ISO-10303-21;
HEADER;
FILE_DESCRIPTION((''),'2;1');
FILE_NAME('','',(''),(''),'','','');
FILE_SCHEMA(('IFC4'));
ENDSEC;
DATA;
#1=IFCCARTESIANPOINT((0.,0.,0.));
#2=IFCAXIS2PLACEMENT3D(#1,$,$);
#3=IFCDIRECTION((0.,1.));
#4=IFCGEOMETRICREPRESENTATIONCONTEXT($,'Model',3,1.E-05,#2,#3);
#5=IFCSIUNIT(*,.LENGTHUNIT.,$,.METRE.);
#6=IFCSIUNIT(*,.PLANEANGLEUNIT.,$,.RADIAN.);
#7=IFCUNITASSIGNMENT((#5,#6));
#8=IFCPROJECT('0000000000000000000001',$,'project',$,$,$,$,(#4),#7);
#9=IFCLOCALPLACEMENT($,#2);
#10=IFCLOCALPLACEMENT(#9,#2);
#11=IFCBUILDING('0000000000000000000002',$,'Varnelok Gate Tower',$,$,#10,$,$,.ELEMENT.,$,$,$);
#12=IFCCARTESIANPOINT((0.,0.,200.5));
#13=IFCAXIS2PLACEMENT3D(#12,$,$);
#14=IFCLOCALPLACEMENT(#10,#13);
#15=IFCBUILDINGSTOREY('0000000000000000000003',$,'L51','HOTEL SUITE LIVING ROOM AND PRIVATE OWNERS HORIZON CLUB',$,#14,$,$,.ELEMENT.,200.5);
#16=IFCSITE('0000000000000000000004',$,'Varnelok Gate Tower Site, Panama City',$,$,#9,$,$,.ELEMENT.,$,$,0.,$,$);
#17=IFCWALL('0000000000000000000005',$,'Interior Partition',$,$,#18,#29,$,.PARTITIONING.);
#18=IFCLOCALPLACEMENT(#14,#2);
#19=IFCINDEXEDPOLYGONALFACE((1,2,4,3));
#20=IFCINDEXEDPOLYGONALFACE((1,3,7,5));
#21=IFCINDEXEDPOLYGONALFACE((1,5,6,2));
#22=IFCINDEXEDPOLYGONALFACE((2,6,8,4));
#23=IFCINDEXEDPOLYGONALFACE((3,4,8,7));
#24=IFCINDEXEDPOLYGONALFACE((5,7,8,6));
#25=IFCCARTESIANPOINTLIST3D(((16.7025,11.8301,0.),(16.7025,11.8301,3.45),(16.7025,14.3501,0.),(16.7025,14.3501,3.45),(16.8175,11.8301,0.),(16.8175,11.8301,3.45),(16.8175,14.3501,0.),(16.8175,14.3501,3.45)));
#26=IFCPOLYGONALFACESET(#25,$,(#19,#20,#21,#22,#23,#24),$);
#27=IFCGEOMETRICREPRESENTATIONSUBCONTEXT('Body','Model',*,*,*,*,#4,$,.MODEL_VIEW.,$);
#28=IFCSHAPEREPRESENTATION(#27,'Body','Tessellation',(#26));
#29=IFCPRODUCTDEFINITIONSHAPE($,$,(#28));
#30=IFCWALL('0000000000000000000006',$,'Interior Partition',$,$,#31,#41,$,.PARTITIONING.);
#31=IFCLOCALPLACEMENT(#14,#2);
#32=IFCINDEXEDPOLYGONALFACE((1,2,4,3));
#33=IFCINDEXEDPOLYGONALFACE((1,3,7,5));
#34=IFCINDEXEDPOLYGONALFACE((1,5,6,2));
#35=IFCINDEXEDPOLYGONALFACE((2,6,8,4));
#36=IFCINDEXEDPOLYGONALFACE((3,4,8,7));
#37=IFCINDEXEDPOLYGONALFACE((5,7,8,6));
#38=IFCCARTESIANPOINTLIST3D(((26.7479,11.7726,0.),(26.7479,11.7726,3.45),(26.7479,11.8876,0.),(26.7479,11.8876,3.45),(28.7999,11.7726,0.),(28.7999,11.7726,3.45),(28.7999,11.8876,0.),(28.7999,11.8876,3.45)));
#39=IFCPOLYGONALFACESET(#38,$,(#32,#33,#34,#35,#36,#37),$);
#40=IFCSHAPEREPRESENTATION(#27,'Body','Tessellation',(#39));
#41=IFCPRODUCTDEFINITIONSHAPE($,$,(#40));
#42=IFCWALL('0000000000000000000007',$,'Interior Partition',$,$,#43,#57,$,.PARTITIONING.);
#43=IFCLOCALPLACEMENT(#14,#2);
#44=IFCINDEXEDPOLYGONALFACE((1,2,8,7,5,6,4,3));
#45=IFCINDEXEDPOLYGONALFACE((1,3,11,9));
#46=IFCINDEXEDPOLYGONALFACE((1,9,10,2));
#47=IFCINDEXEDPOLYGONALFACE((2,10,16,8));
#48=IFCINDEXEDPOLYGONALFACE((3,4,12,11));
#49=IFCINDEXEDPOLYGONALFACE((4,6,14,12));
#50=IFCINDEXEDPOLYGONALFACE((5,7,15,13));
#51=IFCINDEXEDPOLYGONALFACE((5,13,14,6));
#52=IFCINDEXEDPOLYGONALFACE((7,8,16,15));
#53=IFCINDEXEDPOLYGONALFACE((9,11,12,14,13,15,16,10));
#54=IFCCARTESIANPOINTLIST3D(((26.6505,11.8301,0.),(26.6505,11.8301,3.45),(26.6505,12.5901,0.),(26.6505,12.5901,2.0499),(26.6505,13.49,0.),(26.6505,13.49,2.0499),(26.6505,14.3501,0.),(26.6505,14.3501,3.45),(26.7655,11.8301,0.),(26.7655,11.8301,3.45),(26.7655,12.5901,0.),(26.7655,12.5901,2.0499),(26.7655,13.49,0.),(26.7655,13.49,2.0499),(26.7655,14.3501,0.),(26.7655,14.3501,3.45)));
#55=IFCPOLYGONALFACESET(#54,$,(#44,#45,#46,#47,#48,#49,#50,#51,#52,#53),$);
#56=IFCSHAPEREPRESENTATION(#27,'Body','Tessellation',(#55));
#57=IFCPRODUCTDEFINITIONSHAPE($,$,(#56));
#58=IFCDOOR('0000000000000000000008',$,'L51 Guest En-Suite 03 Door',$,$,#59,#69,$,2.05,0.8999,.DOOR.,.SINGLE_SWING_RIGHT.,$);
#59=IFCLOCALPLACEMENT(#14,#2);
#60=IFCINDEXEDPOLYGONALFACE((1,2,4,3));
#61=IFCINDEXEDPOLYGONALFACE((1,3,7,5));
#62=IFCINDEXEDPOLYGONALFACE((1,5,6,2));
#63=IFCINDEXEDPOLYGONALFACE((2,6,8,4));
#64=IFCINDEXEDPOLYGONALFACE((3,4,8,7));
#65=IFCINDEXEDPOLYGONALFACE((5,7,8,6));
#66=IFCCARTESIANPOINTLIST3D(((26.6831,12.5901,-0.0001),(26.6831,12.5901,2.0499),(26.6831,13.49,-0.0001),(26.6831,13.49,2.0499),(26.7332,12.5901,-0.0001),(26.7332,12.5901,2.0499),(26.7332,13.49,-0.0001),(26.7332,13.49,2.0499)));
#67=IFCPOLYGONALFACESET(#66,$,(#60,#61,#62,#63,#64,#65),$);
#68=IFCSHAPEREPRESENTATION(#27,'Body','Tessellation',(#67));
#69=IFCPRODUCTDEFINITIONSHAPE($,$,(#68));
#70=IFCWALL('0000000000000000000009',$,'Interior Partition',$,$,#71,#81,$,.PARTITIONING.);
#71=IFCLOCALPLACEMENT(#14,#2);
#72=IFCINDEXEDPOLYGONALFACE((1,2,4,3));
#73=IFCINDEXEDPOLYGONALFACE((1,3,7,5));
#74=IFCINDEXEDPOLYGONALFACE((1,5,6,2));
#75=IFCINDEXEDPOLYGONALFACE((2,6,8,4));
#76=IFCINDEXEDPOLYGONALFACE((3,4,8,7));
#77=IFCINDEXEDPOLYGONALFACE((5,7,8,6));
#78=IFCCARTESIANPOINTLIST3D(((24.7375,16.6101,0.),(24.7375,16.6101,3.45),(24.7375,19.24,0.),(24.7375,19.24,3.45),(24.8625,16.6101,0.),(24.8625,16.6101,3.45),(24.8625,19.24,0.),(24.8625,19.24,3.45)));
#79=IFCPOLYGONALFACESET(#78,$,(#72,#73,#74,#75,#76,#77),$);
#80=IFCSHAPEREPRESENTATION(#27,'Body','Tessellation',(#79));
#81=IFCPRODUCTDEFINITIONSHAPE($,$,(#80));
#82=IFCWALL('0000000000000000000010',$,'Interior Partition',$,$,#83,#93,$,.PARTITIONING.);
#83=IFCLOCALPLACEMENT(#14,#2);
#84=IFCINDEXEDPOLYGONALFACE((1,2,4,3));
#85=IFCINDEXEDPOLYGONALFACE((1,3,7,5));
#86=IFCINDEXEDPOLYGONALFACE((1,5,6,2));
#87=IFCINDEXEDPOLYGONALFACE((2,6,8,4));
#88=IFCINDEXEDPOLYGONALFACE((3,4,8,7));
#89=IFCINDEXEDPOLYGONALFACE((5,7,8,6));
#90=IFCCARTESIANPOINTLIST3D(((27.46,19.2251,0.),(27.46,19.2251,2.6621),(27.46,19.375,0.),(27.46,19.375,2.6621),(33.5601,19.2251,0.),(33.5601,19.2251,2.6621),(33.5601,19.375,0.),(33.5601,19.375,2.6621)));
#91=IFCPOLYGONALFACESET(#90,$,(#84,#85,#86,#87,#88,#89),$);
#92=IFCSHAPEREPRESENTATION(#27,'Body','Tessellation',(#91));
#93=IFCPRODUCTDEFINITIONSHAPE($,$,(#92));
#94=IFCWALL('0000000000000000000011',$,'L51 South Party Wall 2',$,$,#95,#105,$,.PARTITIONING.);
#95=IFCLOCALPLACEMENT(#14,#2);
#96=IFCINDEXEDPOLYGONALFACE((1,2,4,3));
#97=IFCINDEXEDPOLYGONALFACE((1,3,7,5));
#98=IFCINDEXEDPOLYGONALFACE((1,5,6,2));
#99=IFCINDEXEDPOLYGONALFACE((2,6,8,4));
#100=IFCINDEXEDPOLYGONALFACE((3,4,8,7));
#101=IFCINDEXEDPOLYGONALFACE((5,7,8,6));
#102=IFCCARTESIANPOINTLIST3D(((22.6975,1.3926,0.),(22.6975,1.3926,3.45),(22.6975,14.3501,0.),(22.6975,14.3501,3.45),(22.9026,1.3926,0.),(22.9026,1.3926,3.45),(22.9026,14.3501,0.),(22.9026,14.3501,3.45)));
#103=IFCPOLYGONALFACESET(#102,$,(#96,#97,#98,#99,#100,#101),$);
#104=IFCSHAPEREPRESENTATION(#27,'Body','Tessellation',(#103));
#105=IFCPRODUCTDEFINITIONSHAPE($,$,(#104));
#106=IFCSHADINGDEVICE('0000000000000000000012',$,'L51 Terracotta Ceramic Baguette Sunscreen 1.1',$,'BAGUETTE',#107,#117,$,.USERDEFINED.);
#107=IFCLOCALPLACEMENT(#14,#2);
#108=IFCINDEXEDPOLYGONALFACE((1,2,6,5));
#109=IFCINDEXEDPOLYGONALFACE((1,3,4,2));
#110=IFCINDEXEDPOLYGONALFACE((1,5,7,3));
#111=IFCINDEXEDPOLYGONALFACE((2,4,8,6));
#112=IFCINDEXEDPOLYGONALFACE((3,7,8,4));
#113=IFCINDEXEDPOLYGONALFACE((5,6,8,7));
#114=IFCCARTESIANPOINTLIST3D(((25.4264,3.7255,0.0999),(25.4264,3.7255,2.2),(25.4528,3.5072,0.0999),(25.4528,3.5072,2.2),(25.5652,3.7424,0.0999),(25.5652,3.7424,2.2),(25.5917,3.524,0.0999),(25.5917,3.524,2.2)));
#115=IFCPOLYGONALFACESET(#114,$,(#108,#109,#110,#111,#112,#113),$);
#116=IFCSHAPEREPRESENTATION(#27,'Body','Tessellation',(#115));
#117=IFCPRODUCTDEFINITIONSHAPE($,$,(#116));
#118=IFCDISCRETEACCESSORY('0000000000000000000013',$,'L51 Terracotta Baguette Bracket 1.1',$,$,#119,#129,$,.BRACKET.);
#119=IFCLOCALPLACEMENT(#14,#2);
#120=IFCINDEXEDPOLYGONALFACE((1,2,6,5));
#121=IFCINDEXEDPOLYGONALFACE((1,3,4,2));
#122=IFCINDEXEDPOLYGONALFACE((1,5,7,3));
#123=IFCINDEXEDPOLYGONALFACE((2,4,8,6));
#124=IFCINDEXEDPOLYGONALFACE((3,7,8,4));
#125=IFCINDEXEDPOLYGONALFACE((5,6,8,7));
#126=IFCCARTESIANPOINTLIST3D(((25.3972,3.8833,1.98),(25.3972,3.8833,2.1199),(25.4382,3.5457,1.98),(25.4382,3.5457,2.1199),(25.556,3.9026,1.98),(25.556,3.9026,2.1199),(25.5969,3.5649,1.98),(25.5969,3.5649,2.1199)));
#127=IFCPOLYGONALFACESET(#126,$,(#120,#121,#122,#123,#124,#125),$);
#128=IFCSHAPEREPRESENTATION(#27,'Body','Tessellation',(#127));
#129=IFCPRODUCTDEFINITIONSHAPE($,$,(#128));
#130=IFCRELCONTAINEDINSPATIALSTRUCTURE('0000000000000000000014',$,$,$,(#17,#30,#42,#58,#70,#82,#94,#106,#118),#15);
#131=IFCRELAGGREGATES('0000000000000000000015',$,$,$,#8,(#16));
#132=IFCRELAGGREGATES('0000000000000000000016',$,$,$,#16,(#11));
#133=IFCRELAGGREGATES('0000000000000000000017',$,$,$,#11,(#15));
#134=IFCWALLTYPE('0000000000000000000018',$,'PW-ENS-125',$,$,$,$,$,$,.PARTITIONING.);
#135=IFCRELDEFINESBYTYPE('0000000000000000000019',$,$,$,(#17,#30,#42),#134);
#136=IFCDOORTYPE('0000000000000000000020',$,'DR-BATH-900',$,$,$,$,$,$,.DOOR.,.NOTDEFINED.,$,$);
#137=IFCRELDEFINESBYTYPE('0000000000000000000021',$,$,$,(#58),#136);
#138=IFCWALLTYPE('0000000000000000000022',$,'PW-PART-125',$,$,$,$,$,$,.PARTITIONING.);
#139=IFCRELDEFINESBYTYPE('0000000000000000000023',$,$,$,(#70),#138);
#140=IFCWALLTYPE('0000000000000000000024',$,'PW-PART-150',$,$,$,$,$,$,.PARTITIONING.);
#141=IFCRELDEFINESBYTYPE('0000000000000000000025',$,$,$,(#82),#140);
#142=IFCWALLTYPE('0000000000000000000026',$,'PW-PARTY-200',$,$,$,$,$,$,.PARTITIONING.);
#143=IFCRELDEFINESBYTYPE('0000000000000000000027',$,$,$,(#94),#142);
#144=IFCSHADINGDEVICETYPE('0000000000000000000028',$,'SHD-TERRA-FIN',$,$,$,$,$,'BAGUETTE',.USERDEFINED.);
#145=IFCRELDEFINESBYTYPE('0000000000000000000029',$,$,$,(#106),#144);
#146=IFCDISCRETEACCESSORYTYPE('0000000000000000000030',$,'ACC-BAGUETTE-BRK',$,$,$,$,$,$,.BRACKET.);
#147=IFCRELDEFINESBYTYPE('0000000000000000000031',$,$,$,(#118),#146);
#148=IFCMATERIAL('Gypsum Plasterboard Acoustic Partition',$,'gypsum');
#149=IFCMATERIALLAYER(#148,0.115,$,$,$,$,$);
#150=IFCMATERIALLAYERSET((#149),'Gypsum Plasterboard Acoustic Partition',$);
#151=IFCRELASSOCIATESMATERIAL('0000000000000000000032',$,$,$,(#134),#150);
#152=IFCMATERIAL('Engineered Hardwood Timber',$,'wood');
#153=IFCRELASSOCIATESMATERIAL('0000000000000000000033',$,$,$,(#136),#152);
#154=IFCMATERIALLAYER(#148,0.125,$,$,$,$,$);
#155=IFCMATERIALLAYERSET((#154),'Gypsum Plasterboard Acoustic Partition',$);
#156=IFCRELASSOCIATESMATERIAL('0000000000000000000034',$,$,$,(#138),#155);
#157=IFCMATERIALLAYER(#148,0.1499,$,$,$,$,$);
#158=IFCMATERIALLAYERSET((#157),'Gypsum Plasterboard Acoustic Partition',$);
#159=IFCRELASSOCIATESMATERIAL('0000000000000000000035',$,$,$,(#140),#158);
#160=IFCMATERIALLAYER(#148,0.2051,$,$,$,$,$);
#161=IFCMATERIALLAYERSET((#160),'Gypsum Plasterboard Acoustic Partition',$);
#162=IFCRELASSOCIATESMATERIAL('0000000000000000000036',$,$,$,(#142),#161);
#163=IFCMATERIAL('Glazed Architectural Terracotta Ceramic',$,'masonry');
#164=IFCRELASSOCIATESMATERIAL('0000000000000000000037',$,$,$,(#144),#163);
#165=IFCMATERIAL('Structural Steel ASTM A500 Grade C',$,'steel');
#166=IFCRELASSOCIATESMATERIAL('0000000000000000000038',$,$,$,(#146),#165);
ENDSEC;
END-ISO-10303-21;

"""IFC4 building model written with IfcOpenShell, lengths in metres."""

from ifc_helpers import new_model, si_unit, direction, frame, frame_2d, origin, origin_2d, place, context, subcontext, project, spatial, rectangle, extrude, source, transform, mapped, material, layer, layer_set, type_object, element, fill, save


model = new_model("IFC4")

# Units and contexts
model_context = context("Model", 3, precision=1e-05, world=origin(), true_north=direction((0.0, 1.0)))
body_context = subcontext(model_context, "Body", "Model", "MODEL_VIEW")
ifc_project = project(units=[si_unit("LENGTHUNIT", "METRE"), si_unit("PLANEANGLEUNIT", "RADIAN")], contexts=[model_context])

# Site, building, storey
site_placement = place(None, origin())
site = spatial("IfcSite", under=ifc_project, at=site_placement, Name="Varnelok Gate Tower Site, Panama City", CompositionType="ELEMENT", RefElevation=0.0)
building_placement = place(site_placement, origin())
building = spatial("IfcBuilding", under=site, at=building_placement, Name="Varnelok Gate Tower", CompositionType="ELEMENT")
storey_placement = place(building_placement, frame((0.0, 0.0, 200.5)))
storey = spatial("IfcBuildingStorey", under=building, at=storey_placement, Name="L51", Description="HOTEL SUITE LIVING ROOM AND PRIVATE OWNERS HORIZON CLUB", CompositionType="ELEMENT", Elevation=200.5)

# Shared definitions
ifc_material_1 = material(Name="Gypsum Plasterboard Acoustic Partition", Category="gypsum")
ifc_material_2 = material(Name="Engineered Hardwood Timber", Category="wood")

# Shared definitions
ifc_layer_1 = layer(ifc_material_1, 0.115)
ifc_layer_set_1 = layer_set([ifc_layer_1], Name="Gypsum Plasterboard Acoustic Partition")
wall_type_1 = type_object("IfcWallType", Name="PW-ENS-125", PredefinedType="PARTITIONING", material=ifc_layer_set_1)

# Shared definitions
door_type_1 = type_object("IfcDoorType", Name="DR-BATH-900", OperationType="NOTDEFINED", PredefinedType="DOOR", material=ifc_material_2)

# Walls
wall_1_placement = place(storey_placement, frame((16.76, 11.8301, 0.0), z_axis=(0.0, 0.0, 1.0), x_axis=(0.0, 1.0, 0.0)))
element("IfcWall", 1, at=wall_1_placement, inside=storey, type_object=wall_type_1, Name="Interior Partition", PredefinedType="PARTITIONING", context=body_context, shape_type="SweptSolid", body=[
    extrude(rectangle(XDim=2.52, YDim=0.115, at=frame_2d((1.26, 0.0))), origin(), (0.0, 0.0, 1.0), 3.45),
])
wall_2_placement = place(storey_placement, frame((26.748, 11.8301, 0.0), z_axis=(0.0, 0.0, 1.0), x_axis=(1.0, 0.0, 0.0)))
element("IfcWall", 2, at=wall_2_placement, inside=storey, type_object=wall_type_1, Name="Interior Partition", PredefinedType="PARTITIONING", context=body_context, shape_type="SweptSolid", body=[
    extrude(rectangle(XDim=2.052, YDim=0.115, at=frame_2d((1.0259, 0.0))), origin(), (0.0, 0.0, 1.0), 3.45),
])

# Wall, opening, door
wall_3_placement = place(storey_placement, frame((26.708, 11.8301, 0.0), z_axis=(0.0, 0.0, 1.0), x_axis=(0.0, 1.0, 0.0)))
wall_3 = element("IfcWall", 3, at=wall_3_placement, inside=storey, type_object=wall_type_1, Name="Interior Partition", PredefinedType="PARTITIONING", context=body_context, shape_type="SweptSolid", body=[
    extrude(rectangle(XDim=2.52, YDim=0.115, at=frame_2d((1.26, 0.0))), origin(), (0.0, 0.0, 1.0), 3.45),
])
opening_1_placement = place(wall_3_placement, frame((0.76, 0.0, 0.0)))
opening_1 = element("IfcOpeningElement", 4, at=opening_1_placement, cuts=wall_3, PredefinedType="OPENING", context=body_context, shape_type="SweptSolid", body=[
    extrude(rectangle(XDim=0.8999, YDim=2.05, at=frame_2d((0.45, 1.0249))), frame((0.0, 0.0674, 0.0), z_axis=(0.0, -1.0, 0.0), x_axis=(1.0, 0.0, 0.0)), (0.0, 0.0, 1.0), 0.135),
])
door_1_placement = place(opening_1_placement, origin())
door_1 = element("IfcDoor", 5, at=door_1_placement, inside=storey, type_object=door_type_1, Name="L51 Guest En-Suite 03 Door", OperationType="SINGLE_SWING_RIGHT", OverallHeight=2.05, OverallWidth=0.8999, PredefinedType="DOOR", context=body_context, shape_type="SweptSolid", body=[
    extrude(rectangle(XDim=0.8999, YDim=2.05, at=frame_2d((0.45, 1.0249))), frame((0.0, 0.0249, 0.0), z_axis=(0.0, -1.0, 0.0), x_axis=(1.0, 0.0, 0.0)), (0.0, 0.0, 1.0), 0.05),
])
fill(opening_1, door_1)

# Walls
ifc_layer_2 = layer(ifc_material_1, 0.125)
ifc_layer_set_2 = layer_set([ifc_layer_2], Name="Gypsum Plasterboard Acoustic Partition")
wall_type_2 = type_object("IfcWallType", Name="PW-PART-125", PredefinedType="PARTITIONING", material=ifc_layer_set_2)
wall_4_placement = place(storey_placement, frame((24.8, 16.6101, 0.0), z_axis=(0.0, 0.0, 1.0), x_axis=(0.0, 1.0, 0.0)))
element("IfcWall", 6, at=wall_4_placement, inside=storey, type_object=wall_type_2, Name="Interior Partition", PredefinedType="PARTITIONING", context=body_context, shape_type="SweptSolid", body=[
    extrude(rectangle(XDim=2.6299, YDim=0.125, at=frame_2d((1.3149, 0.0))), origin(), (0.0, 0.0, 1.0), 3.45),
])
ifc_layer_3 = layer(ifc_material_1, 0.1499)
ifc_layer_set_3 = layer_set([ifc_layer_3], Name="Gypsum Plasterboard Acoustic Partition")
wall_type_3 = type_object("IfcWallType", Name="PW-PART-150", PredefinedType="PARTITIONING", material=ifc_layer_set_3)
wall_5_placement = place(storey_placement, frame((27.46, 19.3, 0.0), z_axis=(0.0, 0.0, 1.0), x_axis=(1.0, 0.0, 0.0)))
element("IfcWall", 7, at=wall_5_placement, inside=storey, type_object=wall_type_3, Name="Interior Partition", PredefinedType="PARTITIONING", context=body_context, shape_type="SweptSolid", body=[
    extrude(rectangle(XDim=6.1001, YDim=0.1499, at=frame_2d((3.05, 0.0))), origin(), (0.0, 0.0, 1.0), 2.6621),
])
ifc_layer_4 = layer(ifc_material_1, 0.2051)
ifc_layer_set_4 = layer_set([ifc_layer_4], Name="Gypsum Plasterboard Acoustic Partition")
wall_type_4 = type_object("IfcWallType", Name="PW-PARTY-200", PredefinedType="PARTITIONING", material=ifc_layer_set_4)
wall_6_placement = place(storey_placement, frame((22.8, 1.3926, 0.0), z_axis=(0.0, 0.0, 1.0), x_axis=(0.0, 1.0, 0.0)))
element("IfcWall", 8, at=wall_6_placement, inside=storey, type_object=wall_type_4, Name="L51 South Party Wall 2", PredefinedType="PARTITIONING", context=body_context, shape_type="SweptSolid", body=[
    extrude(rectangle(XDim=12.9575, YDim=0.2051, at=frame_2d((6.4788, 0.0))), origin(), (0.0, 0.0, 1.0), 3.45),
])

# Shading device
ifc_material_3 = material(Name="Glazed Architectural Terracotta Ceramic", Category="masonry")
shading_device_type = type_object("IfcShadingDeviceType", Name="SHD-TERRA-FIN", ElementType="BAGUETTE", PredefinedType="USERDEFINED", material=ifc_material_3)
shared_shape_1 = source(origin(), body_context, "Body", "SweptSolid", [
    extrude(rectangle(XDim=0.1399, YDim=0.22, at=origin_2d()), origin(), (0.0, 0.0, 1.0), 2.1001),
])
shading_device_placement = place(storey_placement, frame((25.509, 3.6248, 0.0999), z_axis=(0.0, 0.0, 1.0), x_axis=(0.992732, 0.120345, 0.0)))
element("IfcShadingDevice", 9, at=shading_device_placement, inside=storey, type_object=shading_device_type, Name="L51 Terracotta Ceramic Baguette Sunscreen 1.1", ObjectType="BAGUETTE", PredefinedType="USERDEFINED", context=body_context, shape_type="MappedRepresentation", body=[
    mapped(shared_shape_1, transform((0.0, 0.0, 0.0), scale=1.0)),
])

# Discrete accessory
ifc_material_4 = material(Name="Structural Steel ASTM A500 Grade C", Category="steel")
discrete_accessory_type = type_object("IfcDiscreteAccessoryType", Name="ACC-BAGUETTE-BRK", PredefinedType="BRACKET", material=ifc_material_4)
shared_shape_2 = source(origin(), body_context, "Body", "SweptSolid", [
    extrude(rectangle(XDim=0.1599, YDim=0.3401, at=origin_2d()), origin(), (0.0, 0.0, 1.0), 0.1399),
])
discrete_accessory_placement = place(storey_placement, frame((25.4971, 3.7241, 1.98), z_axis=(0.0, 0.0, 1.0), x_axis=(0.992732, 0.120345, 0.0)))
element("IfcDiscreteAccessory", 10, at=discrete_accessory_placement, inside=storey, type_object=discrete_accessory_type, Name="L51 Terracotta Baguette Bracket 1.1", PredefinedType="BRACKET", context=body_context, shape_type="MappedRepresentation", body=[
    mapped(shared_shape_2, transform((0.0, 0.0, 0.0), scale=1.0)),
])

save(model, "model.ifc")
